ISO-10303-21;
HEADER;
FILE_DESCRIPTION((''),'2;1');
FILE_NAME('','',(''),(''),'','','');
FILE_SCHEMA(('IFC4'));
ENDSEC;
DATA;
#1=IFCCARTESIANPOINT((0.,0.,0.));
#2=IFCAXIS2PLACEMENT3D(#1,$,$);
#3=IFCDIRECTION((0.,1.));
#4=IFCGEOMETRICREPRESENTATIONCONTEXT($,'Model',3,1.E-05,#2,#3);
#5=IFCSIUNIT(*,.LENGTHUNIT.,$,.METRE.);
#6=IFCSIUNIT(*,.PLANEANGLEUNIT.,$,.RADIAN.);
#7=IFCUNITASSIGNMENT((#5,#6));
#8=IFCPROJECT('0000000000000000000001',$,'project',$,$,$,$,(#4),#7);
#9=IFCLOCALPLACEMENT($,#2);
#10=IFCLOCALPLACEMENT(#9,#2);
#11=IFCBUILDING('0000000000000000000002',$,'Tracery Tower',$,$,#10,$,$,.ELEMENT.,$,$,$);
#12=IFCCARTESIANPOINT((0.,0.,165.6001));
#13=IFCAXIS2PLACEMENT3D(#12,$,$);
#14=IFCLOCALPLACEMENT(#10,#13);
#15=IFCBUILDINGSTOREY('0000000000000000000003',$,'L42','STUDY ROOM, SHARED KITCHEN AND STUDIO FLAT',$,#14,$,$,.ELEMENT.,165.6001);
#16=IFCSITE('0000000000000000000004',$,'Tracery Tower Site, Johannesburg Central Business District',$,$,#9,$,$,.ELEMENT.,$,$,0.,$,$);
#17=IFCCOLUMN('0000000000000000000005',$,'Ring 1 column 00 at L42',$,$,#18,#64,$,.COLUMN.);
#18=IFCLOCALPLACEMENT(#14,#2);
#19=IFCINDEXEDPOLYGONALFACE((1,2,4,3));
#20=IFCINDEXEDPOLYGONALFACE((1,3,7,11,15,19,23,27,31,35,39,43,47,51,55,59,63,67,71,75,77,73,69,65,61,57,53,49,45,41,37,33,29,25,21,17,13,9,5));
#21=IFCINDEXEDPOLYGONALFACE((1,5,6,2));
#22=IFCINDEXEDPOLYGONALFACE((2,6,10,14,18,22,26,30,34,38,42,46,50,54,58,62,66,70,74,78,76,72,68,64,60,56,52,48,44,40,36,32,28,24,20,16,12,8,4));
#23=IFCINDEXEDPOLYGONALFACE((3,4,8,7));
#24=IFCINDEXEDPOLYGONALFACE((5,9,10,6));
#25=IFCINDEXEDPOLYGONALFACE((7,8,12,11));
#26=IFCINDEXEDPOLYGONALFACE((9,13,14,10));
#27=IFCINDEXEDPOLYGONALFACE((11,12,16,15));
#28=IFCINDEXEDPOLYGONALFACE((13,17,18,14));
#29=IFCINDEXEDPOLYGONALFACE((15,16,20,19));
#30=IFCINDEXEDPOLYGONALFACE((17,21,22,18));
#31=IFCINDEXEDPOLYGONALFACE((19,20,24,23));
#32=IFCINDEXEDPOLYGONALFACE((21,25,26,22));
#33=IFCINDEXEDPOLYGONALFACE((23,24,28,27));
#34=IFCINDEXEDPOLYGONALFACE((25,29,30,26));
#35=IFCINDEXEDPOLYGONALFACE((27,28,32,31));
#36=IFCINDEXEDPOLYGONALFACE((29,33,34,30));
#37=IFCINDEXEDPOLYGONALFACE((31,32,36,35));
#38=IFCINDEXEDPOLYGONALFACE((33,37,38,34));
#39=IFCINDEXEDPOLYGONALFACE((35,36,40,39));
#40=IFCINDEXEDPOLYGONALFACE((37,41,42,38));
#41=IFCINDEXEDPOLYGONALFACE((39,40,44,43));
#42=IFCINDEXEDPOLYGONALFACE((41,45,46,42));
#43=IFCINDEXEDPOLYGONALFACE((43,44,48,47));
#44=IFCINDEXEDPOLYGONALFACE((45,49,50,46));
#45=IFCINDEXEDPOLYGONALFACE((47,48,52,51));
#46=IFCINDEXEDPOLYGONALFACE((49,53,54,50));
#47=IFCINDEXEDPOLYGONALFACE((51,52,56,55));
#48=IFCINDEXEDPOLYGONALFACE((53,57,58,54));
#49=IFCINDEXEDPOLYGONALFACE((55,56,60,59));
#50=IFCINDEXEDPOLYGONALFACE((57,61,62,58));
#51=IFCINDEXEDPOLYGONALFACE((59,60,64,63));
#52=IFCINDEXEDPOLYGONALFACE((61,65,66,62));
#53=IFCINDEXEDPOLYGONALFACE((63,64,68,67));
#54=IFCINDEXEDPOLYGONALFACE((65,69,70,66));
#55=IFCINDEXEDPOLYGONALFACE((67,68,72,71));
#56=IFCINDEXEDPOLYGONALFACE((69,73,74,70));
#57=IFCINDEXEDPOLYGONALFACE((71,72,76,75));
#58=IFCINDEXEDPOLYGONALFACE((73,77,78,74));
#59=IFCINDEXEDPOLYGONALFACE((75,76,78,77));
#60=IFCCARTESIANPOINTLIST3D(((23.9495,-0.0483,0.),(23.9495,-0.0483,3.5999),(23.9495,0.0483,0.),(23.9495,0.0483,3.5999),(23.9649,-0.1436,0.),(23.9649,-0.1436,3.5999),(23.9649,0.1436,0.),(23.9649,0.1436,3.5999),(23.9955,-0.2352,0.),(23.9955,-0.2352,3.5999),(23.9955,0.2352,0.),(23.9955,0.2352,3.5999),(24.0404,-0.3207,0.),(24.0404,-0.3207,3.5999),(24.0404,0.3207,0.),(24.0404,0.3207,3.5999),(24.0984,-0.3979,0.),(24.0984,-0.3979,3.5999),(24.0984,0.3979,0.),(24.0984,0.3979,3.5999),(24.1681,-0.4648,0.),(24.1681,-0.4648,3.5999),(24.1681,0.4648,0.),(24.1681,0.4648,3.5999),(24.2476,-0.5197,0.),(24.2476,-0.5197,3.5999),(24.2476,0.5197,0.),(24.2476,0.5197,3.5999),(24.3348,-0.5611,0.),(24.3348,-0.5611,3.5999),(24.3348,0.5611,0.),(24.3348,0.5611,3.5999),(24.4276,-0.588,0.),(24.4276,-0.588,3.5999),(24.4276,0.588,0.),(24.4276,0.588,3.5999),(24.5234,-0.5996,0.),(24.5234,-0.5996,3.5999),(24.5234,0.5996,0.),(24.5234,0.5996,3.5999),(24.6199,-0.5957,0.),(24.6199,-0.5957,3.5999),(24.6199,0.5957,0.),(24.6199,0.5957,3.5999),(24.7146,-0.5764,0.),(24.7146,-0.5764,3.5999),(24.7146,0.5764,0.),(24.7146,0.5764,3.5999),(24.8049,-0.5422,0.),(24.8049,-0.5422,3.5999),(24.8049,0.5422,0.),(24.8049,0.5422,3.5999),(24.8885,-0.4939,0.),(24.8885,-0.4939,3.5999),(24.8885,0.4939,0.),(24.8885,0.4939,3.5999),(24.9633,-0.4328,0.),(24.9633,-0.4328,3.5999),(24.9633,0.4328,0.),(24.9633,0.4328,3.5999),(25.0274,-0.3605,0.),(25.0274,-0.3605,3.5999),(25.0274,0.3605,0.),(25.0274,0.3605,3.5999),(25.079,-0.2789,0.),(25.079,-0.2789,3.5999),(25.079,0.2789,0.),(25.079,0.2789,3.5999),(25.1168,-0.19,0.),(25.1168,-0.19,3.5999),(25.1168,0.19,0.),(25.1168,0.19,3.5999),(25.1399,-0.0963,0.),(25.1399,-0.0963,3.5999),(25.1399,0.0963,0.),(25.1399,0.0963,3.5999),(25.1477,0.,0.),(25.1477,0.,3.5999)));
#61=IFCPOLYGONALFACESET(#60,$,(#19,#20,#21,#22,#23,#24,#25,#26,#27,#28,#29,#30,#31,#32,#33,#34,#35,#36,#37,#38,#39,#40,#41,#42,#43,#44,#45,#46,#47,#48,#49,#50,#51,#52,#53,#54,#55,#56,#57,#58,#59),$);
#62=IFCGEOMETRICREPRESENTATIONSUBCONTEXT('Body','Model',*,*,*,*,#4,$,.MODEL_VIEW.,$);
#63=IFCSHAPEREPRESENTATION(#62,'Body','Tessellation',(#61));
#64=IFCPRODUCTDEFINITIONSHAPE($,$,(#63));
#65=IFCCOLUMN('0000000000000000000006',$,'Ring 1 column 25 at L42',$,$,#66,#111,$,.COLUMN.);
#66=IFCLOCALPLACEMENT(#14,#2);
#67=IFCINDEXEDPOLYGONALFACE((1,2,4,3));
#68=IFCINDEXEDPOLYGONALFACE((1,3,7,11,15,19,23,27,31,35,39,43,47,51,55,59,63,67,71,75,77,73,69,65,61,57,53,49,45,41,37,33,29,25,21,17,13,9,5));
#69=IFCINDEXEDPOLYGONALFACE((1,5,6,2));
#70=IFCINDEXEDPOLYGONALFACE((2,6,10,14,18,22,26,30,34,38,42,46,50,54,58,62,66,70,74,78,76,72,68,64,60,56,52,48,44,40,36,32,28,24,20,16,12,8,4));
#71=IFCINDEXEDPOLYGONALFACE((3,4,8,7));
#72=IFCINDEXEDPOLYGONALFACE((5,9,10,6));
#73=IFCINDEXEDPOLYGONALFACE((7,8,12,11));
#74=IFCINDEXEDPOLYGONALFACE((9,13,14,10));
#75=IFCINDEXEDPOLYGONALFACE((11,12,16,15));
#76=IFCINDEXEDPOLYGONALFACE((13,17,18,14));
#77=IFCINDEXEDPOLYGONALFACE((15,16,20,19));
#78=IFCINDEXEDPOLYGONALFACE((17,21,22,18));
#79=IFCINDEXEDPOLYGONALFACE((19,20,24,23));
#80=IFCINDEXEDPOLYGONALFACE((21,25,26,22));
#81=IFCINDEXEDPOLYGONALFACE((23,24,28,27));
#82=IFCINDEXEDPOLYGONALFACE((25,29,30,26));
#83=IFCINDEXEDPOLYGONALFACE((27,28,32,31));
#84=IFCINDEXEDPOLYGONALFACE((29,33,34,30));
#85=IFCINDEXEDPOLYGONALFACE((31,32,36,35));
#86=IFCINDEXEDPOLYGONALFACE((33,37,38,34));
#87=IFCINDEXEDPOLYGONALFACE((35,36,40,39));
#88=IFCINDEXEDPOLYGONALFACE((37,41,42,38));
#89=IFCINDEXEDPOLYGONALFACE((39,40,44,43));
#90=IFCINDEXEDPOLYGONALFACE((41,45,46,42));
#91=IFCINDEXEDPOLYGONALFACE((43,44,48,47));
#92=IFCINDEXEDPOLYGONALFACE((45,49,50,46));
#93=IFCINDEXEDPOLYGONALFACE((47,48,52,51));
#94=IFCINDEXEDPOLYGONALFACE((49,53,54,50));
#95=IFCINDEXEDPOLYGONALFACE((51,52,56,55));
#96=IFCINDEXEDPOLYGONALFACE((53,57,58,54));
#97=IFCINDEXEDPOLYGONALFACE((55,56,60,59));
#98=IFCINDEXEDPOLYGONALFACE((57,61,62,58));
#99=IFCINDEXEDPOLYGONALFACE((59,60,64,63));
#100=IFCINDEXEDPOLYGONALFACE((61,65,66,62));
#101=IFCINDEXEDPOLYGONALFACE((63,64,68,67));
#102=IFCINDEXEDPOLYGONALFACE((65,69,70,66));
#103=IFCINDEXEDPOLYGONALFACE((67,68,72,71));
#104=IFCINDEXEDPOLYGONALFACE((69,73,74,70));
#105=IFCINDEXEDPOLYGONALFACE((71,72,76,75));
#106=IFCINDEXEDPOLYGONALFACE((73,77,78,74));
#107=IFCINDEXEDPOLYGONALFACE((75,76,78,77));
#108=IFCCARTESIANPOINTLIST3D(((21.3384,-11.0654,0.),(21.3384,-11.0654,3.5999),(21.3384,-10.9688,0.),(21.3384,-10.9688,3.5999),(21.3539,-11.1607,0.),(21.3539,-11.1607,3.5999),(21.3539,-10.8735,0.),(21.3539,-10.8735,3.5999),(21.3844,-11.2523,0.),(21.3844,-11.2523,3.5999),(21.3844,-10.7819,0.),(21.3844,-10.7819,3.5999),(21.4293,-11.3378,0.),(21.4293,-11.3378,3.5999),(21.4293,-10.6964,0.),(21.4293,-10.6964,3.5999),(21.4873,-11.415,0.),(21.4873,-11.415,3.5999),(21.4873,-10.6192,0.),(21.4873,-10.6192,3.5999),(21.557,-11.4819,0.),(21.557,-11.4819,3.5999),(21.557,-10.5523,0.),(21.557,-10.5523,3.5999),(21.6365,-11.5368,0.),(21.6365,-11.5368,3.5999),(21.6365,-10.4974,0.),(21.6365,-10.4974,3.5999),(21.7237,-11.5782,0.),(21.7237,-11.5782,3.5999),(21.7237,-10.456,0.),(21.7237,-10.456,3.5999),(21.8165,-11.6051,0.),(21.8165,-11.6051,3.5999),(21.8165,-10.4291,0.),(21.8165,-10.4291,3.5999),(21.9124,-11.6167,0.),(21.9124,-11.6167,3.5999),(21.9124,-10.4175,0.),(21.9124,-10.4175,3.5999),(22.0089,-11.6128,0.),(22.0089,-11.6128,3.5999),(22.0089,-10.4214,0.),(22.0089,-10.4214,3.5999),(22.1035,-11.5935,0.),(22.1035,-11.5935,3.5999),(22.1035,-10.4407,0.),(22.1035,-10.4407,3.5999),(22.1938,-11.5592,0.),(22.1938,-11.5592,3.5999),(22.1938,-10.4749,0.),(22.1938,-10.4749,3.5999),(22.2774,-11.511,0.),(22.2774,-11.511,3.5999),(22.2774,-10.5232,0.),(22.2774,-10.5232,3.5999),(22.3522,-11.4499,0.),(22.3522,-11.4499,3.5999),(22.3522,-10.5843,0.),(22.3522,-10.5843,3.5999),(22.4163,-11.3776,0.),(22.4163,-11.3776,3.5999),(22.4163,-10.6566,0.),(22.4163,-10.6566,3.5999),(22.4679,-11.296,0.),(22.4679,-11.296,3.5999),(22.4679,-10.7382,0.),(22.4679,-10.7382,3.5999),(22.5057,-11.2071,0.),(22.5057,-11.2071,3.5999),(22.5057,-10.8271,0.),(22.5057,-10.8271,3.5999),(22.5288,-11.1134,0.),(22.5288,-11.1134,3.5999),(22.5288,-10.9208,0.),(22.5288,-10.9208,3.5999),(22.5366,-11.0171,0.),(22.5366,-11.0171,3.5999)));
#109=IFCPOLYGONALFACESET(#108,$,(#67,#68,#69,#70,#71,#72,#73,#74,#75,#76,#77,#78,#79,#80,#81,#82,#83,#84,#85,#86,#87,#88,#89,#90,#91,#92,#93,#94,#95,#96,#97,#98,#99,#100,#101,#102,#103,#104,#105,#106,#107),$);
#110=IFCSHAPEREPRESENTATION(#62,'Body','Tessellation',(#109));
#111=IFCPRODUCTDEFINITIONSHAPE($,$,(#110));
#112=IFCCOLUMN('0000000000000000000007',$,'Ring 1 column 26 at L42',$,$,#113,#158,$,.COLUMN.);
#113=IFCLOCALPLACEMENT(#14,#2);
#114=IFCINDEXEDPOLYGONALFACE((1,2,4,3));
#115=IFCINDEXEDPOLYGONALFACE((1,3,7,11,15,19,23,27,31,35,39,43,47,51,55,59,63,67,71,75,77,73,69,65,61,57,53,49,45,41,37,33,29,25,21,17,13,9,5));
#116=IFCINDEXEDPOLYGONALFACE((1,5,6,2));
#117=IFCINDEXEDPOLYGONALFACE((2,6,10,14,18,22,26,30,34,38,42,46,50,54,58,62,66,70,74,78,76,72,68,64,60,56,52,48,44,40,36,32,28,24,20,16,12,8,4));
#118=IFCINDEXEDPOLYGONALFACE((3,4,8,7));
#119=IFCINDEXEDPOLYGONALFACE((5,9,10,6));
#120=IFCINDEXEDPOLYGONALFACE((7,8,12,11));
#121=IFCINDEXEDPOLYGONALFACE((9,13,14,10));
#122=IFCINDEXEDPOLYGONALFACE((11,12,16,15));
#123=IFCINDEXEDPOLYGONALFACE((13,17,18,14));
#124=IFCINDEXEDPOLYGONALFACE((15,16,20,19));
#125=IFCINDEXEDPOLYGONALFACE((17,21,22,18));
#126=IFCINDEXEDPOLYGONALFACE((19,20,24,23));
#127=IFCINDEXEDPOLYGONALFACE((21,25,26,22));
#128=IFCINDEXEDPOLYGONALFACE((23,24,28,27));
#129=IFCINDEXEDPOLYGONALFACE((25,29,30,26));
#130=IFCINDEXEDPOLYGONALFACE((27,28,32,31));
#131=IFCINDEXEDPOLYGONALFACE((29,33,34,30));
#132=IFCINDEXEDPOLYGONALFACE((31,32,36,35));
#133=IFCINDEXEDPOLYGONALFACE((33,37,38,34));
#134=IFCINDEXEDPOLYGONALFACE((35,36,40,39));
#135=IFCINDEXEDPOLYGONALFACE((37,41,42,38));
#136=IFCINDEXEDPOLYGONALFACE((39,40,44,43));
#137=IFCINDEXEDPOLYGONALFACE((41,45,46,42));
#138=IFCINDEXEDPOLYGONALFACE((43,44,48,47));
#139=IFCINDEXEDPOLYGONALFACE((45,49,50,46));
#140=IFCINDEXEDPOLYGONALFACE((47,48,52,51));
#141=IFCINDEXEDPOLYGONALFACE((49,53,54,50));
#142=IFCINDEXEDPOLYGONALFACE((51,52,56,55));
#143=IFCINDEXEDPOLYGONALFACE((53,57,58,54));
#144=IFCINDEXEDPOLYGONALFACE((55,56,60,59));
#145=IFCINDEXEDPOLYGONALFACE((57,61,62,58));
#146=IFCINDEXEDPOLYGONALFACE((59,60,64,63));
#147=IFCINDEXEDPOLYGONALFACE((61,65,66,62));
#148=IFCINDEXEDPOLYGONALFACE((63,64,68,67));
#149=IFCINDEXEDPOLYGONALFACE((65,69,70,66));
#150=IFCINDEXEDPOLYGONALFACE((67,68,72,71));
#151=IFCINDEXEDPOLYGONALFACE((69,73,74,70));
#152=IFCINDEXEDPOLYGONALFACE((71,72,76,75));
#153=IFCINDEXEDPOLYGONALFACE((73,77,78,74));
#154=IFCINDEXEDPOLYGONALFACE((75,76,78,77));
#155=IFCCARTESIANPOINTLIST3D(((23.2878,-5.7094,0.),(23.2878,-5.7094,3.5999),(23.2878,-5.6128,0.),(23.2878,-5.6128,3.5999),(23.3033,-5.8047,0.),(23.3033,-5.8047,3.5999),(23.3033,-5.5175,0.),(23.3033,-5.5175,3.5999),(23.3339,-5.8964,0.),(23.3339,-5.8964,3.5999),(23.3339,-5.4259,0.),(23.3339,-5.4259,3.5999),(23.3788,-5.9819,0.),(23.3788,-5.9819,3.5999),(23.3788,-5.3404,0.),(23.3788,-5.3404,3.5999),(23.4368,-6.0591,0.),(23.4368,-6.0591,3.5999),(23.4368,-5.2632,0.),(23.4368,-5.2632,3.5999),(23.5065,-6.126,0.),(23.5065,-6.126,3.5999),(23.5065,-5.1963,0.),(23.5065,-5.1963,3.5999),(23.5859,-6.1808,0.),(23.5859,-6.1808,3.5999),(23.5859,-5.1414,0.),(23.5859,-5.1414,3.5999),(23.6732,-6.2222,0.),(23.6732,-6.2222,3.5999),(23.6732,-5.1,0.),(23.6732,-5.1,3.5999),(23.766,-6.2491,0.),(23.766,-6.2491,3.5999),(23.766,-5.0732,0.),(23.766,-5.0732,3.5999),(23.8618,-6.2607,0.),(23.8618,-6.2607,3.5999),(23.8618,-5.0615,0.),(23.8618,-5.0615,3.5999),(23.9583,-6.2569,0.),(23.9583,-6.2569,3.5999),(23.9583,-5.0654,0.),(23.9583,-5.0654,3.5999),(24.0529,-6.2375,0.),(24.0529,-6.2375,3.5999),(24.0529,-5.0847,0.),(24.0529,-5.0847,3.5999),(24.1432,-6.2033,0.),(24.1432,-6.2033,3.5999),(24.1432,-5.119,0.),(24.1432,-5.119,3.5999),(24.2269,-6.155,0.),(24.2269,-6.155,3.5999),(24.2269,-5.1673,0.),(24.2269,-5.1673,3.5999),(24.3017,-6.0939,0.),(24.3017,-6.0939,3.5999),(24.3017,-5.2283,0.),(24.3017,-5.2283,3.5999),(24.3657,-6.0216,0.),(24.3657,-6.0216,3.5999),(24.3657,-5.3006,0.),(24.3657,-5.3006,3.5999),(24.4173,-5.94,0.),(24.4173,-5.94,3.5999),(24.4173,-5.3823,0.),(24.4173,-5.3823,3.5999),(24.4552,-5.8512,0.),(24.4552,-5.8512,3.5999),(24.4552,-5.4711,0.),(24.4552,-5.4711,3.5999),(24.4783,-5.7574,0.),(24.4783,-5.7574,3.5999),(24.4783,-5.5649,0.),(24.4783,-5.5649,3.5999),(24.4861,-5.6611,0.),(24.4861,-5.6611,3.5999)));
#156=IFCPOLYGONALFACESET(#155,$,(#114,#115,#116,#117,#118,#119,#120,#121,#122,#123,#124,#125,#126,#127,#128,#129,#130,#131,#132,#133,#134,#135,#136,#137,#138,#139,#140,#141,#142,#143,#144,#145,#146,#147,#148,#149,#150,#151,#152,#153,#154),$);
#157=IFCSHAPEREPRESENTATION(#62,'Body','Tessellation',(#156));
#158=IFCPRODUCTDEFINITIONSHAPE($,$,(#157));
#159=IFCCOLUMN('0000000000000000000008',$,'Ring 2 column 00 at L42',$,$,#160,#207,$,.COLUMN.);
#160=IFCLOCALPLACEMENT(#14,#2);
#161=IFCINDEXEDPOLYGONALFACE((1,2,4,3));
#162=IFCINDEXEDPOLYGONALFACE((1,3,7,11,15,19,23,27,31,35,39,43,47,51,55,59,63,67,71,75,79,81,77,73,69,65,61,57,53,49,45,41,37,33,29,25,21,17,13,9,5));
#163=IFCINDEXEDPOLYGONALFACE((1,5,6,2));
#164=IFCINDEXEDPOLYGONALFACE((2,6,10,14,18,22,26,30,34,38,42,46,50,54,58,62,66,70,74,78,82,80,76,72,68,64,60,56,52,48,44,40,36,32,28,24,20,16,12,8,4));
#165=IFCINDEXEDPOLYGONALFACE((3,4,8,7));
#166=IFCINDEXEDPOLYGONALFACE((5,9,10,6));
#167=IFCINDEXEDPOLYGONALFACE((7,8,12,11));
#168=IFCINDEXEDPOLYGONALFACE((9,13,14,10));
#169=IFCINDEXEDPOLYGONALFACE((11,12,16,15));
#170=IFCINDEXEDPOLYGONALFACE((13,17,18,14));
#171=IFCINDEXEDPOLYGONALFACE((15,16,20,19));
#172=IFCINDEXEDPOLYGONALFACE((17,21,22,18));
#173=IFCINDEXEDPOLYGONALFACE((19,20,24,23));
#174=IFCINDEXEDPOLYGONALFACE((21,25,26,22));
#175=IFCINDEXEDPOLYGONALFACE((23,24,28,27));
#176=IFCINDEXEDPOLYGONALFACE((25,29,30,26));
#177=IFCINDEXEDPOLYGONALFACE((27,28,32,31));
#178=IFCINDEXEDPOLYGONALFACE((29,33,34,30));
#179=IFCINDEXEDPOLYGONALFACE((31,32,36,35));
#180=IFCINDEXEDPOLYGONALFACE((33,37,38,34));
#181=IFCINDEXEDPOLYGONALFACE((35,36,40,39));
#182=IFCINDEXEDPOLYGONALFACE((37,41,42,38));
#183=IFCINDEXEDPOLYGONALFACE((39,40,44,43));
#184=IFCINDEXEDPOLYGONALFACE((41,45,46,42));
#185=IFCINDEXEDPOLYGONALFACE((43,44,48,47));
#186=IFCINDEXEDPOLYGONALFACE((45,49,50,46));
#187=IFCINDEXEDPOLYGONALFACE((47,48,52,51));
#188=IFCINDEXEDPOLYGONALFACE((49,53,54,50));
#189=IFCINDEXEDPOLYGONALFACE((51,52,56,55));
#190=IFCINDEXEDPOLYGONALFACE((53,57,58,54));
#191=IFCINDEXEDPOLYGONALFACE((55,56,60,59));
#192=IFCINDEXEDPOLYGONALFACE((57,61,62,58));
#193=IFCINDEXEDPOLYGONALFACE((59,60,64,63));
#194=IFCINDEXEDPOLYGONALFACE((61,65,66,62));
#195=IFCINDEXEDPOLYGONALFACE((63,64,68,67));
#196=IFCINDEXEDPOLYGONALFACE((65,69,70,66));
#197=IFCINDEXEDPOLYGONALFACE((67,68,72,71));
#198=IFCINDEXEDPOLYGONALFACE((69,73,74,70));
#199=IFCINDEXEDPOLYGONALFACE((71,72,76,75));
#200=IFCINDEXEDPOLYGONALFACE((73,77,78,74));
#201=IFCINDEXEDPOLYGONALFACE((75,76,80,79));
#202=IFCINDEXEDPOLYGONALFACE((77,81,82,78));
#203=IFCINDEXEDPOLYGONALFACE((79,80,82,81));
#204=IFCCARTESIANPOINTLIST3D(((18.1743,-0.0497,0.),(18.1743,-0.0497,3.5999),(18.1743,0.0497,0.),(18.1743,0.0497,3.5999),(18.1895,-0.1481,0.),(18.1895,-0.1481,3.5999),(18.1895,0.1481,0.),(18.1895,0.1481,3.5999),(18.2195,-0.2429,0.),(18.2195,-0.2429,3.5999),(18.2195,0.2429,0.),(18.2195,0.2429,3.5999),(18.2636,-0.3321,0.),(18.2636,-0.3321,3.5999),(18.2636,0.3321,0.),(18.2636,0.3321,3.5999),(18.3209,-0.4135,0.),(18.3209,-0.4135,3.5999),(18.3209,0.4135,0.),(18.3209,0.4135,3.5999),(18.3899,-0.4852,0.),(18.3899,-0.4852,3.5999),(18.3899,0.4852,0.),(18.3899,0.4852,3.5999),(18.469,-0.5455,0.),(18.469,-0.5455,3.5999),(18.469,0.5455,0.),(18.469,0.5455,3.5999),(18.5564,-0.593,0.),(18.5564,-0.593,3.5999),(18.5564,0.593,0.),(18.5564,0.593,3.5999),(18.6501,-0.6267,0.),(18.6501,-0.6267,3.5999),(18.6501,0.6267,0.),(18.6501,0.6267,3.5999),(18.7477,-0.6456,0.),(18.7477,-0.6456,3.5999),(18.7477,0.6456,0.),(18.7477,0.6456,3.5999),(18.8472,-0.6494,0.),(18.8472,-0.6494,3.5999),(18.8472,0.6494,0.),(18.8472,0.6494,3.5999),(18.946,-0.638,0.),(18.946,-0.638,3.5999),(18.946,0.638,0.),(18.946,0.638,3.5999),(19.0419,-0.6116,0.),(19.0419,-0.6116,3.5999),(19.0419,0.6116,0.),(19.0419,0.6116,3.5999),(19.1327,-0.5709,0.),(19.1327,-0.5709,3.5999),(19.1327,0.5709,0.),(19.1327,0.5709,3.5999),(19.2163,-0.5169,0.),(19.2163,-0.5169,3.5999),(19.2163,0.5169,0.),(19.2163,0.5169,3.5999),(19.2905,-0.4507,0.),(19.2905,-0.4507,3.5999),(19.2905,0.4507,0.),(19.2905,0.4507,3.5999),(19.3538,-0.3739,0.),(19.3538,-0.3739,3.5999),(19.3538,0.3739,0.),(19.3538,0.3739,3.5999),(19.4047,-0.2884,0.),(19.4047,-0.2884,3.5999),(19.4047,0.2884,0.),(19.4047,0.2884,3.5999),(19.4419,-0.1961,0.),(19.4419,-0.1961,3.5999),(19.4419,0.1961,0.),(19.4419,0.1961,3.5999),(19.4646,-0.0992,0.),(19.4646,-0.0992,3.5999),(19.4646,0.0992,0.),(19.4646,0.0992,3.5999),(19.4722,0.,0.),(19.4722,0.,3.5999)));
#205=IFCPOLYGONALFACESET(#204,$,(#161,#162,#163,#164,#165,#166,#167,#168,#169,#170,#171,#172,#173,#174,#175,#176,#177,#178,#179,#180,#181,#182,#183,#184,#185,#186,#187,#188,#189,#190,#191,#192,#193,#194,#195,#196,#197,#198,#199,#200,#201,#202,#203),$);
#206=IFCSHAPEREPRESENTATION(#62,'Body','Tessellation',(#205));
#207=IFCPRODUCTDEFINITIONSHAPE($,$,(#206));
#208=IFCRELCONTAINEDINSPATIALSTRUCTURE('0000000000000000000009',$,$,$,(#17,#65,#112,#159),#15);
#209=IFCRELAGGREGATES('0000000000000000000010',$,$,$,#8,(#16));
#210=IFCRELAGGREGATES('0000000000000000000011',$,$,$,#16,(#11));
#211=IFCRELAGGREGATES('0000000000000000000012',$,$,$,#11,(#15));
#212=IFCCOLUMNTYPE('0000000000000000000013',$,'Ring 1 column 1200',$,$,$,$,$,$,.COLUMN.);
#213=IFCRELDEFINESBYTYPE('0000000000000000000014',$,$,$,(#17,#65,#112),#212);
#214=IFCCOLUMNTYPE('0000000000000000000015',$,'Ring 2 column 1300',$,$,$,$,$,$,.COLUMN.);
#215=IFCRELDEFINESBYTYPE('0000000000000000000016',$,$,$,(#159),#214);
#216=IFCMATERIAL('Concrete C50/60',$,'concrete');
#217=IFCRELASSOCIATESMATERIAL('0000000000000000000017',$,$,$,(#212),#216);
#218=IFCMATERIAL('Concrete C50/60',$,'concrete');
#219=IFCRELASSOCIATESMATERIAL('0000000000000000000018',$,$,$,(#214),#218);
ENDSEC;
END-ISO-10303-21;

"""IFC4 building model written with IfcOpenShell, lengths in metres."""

from ifc_helpers import new_model, si_unit, direction, frame, origin, origin_2d, place, context, subcontext, project, spatial, circle, extrude, material, material_profile, profile_set, type_object, element, save


model = new_model("IFC4")

# Units and contexts
model_context = context("Model", 3, precision=1e-05, world=origin(), true_north=direction((0.0, 1.0)))
body_context = subcontext(model_context, "Body", "Model", "MODEL_VIEW")
ifc_project = project(units=[si_unit("LENGTHUNIT", "METRE"), si_unit("PLANEANGLEUNIT", "RADIAN")], contexts=[model_context])

# Site, building, storey
site_placement = place(None, origin())
site = spatial("IfcSite", under=ifc_project, at=site_placement, Name="Tracery Tower Site, Johannesburg Central Business District", CompositionType="ELEMENT", RefElevation=0.0)
building_placement = place(site_placement, origin())
building = spatial("IfcBuilding", under=site, at=building_placement, Name="Tracery Tower", CompositionType="ELEMENT")
storey_placement = place(building_placement, frame((0.0, 0.0, 165.6001)))
storey = spatial("IfcBuildingStorey", under=building, at=storey_placement, Name="L42", Description="STUDY ROOM, SHARED KITCHEN AND STUDIO FLAT", CompositionType="ELEMENT", Elevation=165.6001)

# Columns
ifc_material_1 = material(Name="Concrete C50/60", Category="concrete")
ifc_material_profile_1 = material_profile(ifc_material_1, circle(Radius=0.6001, at=origin_2d()), Name="RC D1200")
ifc_profile_set_1 = profile_set([ifc_material_profile_1], Name="Concrete C50/60")
column_type_1 = type_object("IfcColumnType", Name="Ring 1 column 1200", PredefinedType="COLUMN", material=ifc_profile_set_1)
for number, where, z_axis, x_axis, name in (
    (1, (24.5476, 0.0, 0.0), (0.0, 0.0, 1.0), (1.0, 0.0, 0.0), "Ring 1 column 00 at L42"),
    (2, (21.9365, -11.0171, 0.0), (0.0, 0.0, 1.0), (1.0, 0.0, 0.0), "Ring 1 column 25 at L42"),
    (3, (23.886, -5.6611, 0.0), (0.0, 0.0, 1.0), (1.0, 0.0, 0.0), "Ring 1 column 26 at L42"),
):
    element("IfcColumn", number, at=place(storey_placement, frame(where, z_axis=z_axis, x_axis=x_axis)), inside=storey, type_object=column_type_1, Name=name, PredefinedType="COLUMN", context=body_context, shape_type="SweptSolid", body=[
        extrude(circle(Radius=0.6001, at=origin_2d()), origin(), (0.0, 0.0, 1.0), 3.5999),
    ])
ifc_material_2 = material(Name="Concrete C50/60", Category="concrete")
ifc_material_profile_2 = material_profile(ifc_material_2, circle(Radius=0.6499, at=origin_2d()), Name="RC D1300")
ifc_profile_set_2 = profile_set([ifc_material_profile_2], Name="Concrete C50/60")
column_type_2 = type_object("IfcColumnType", Name="Ring 2 column 1300", PredefinedType="COLUMN", material=ifc_profile_set_2)
for number, where, z_axis, x_axis, name in (
    (4, (18.8223, 0.0, 0.0), (0.0, 0.0, 1.0), (1.0, 0.0, 0.0), "Ring 2 column 00 at L42"),
):
    element("IfcColumn", number, at=place(storey_placement, frame(where, z_axis=z_axis, x_axis=x_axis)), inside=storey, type_object=column_type_2, Name=name, PredefinedType="COLUMN", context=body_context, shape_type="SweptSolid", body=[
        extrude(circle(Radius=0.6499, at=origin_2d()), origin(), (0.0, 0.0, 1.0), 3.5999),
    ])

save(model, "model.ifc")
